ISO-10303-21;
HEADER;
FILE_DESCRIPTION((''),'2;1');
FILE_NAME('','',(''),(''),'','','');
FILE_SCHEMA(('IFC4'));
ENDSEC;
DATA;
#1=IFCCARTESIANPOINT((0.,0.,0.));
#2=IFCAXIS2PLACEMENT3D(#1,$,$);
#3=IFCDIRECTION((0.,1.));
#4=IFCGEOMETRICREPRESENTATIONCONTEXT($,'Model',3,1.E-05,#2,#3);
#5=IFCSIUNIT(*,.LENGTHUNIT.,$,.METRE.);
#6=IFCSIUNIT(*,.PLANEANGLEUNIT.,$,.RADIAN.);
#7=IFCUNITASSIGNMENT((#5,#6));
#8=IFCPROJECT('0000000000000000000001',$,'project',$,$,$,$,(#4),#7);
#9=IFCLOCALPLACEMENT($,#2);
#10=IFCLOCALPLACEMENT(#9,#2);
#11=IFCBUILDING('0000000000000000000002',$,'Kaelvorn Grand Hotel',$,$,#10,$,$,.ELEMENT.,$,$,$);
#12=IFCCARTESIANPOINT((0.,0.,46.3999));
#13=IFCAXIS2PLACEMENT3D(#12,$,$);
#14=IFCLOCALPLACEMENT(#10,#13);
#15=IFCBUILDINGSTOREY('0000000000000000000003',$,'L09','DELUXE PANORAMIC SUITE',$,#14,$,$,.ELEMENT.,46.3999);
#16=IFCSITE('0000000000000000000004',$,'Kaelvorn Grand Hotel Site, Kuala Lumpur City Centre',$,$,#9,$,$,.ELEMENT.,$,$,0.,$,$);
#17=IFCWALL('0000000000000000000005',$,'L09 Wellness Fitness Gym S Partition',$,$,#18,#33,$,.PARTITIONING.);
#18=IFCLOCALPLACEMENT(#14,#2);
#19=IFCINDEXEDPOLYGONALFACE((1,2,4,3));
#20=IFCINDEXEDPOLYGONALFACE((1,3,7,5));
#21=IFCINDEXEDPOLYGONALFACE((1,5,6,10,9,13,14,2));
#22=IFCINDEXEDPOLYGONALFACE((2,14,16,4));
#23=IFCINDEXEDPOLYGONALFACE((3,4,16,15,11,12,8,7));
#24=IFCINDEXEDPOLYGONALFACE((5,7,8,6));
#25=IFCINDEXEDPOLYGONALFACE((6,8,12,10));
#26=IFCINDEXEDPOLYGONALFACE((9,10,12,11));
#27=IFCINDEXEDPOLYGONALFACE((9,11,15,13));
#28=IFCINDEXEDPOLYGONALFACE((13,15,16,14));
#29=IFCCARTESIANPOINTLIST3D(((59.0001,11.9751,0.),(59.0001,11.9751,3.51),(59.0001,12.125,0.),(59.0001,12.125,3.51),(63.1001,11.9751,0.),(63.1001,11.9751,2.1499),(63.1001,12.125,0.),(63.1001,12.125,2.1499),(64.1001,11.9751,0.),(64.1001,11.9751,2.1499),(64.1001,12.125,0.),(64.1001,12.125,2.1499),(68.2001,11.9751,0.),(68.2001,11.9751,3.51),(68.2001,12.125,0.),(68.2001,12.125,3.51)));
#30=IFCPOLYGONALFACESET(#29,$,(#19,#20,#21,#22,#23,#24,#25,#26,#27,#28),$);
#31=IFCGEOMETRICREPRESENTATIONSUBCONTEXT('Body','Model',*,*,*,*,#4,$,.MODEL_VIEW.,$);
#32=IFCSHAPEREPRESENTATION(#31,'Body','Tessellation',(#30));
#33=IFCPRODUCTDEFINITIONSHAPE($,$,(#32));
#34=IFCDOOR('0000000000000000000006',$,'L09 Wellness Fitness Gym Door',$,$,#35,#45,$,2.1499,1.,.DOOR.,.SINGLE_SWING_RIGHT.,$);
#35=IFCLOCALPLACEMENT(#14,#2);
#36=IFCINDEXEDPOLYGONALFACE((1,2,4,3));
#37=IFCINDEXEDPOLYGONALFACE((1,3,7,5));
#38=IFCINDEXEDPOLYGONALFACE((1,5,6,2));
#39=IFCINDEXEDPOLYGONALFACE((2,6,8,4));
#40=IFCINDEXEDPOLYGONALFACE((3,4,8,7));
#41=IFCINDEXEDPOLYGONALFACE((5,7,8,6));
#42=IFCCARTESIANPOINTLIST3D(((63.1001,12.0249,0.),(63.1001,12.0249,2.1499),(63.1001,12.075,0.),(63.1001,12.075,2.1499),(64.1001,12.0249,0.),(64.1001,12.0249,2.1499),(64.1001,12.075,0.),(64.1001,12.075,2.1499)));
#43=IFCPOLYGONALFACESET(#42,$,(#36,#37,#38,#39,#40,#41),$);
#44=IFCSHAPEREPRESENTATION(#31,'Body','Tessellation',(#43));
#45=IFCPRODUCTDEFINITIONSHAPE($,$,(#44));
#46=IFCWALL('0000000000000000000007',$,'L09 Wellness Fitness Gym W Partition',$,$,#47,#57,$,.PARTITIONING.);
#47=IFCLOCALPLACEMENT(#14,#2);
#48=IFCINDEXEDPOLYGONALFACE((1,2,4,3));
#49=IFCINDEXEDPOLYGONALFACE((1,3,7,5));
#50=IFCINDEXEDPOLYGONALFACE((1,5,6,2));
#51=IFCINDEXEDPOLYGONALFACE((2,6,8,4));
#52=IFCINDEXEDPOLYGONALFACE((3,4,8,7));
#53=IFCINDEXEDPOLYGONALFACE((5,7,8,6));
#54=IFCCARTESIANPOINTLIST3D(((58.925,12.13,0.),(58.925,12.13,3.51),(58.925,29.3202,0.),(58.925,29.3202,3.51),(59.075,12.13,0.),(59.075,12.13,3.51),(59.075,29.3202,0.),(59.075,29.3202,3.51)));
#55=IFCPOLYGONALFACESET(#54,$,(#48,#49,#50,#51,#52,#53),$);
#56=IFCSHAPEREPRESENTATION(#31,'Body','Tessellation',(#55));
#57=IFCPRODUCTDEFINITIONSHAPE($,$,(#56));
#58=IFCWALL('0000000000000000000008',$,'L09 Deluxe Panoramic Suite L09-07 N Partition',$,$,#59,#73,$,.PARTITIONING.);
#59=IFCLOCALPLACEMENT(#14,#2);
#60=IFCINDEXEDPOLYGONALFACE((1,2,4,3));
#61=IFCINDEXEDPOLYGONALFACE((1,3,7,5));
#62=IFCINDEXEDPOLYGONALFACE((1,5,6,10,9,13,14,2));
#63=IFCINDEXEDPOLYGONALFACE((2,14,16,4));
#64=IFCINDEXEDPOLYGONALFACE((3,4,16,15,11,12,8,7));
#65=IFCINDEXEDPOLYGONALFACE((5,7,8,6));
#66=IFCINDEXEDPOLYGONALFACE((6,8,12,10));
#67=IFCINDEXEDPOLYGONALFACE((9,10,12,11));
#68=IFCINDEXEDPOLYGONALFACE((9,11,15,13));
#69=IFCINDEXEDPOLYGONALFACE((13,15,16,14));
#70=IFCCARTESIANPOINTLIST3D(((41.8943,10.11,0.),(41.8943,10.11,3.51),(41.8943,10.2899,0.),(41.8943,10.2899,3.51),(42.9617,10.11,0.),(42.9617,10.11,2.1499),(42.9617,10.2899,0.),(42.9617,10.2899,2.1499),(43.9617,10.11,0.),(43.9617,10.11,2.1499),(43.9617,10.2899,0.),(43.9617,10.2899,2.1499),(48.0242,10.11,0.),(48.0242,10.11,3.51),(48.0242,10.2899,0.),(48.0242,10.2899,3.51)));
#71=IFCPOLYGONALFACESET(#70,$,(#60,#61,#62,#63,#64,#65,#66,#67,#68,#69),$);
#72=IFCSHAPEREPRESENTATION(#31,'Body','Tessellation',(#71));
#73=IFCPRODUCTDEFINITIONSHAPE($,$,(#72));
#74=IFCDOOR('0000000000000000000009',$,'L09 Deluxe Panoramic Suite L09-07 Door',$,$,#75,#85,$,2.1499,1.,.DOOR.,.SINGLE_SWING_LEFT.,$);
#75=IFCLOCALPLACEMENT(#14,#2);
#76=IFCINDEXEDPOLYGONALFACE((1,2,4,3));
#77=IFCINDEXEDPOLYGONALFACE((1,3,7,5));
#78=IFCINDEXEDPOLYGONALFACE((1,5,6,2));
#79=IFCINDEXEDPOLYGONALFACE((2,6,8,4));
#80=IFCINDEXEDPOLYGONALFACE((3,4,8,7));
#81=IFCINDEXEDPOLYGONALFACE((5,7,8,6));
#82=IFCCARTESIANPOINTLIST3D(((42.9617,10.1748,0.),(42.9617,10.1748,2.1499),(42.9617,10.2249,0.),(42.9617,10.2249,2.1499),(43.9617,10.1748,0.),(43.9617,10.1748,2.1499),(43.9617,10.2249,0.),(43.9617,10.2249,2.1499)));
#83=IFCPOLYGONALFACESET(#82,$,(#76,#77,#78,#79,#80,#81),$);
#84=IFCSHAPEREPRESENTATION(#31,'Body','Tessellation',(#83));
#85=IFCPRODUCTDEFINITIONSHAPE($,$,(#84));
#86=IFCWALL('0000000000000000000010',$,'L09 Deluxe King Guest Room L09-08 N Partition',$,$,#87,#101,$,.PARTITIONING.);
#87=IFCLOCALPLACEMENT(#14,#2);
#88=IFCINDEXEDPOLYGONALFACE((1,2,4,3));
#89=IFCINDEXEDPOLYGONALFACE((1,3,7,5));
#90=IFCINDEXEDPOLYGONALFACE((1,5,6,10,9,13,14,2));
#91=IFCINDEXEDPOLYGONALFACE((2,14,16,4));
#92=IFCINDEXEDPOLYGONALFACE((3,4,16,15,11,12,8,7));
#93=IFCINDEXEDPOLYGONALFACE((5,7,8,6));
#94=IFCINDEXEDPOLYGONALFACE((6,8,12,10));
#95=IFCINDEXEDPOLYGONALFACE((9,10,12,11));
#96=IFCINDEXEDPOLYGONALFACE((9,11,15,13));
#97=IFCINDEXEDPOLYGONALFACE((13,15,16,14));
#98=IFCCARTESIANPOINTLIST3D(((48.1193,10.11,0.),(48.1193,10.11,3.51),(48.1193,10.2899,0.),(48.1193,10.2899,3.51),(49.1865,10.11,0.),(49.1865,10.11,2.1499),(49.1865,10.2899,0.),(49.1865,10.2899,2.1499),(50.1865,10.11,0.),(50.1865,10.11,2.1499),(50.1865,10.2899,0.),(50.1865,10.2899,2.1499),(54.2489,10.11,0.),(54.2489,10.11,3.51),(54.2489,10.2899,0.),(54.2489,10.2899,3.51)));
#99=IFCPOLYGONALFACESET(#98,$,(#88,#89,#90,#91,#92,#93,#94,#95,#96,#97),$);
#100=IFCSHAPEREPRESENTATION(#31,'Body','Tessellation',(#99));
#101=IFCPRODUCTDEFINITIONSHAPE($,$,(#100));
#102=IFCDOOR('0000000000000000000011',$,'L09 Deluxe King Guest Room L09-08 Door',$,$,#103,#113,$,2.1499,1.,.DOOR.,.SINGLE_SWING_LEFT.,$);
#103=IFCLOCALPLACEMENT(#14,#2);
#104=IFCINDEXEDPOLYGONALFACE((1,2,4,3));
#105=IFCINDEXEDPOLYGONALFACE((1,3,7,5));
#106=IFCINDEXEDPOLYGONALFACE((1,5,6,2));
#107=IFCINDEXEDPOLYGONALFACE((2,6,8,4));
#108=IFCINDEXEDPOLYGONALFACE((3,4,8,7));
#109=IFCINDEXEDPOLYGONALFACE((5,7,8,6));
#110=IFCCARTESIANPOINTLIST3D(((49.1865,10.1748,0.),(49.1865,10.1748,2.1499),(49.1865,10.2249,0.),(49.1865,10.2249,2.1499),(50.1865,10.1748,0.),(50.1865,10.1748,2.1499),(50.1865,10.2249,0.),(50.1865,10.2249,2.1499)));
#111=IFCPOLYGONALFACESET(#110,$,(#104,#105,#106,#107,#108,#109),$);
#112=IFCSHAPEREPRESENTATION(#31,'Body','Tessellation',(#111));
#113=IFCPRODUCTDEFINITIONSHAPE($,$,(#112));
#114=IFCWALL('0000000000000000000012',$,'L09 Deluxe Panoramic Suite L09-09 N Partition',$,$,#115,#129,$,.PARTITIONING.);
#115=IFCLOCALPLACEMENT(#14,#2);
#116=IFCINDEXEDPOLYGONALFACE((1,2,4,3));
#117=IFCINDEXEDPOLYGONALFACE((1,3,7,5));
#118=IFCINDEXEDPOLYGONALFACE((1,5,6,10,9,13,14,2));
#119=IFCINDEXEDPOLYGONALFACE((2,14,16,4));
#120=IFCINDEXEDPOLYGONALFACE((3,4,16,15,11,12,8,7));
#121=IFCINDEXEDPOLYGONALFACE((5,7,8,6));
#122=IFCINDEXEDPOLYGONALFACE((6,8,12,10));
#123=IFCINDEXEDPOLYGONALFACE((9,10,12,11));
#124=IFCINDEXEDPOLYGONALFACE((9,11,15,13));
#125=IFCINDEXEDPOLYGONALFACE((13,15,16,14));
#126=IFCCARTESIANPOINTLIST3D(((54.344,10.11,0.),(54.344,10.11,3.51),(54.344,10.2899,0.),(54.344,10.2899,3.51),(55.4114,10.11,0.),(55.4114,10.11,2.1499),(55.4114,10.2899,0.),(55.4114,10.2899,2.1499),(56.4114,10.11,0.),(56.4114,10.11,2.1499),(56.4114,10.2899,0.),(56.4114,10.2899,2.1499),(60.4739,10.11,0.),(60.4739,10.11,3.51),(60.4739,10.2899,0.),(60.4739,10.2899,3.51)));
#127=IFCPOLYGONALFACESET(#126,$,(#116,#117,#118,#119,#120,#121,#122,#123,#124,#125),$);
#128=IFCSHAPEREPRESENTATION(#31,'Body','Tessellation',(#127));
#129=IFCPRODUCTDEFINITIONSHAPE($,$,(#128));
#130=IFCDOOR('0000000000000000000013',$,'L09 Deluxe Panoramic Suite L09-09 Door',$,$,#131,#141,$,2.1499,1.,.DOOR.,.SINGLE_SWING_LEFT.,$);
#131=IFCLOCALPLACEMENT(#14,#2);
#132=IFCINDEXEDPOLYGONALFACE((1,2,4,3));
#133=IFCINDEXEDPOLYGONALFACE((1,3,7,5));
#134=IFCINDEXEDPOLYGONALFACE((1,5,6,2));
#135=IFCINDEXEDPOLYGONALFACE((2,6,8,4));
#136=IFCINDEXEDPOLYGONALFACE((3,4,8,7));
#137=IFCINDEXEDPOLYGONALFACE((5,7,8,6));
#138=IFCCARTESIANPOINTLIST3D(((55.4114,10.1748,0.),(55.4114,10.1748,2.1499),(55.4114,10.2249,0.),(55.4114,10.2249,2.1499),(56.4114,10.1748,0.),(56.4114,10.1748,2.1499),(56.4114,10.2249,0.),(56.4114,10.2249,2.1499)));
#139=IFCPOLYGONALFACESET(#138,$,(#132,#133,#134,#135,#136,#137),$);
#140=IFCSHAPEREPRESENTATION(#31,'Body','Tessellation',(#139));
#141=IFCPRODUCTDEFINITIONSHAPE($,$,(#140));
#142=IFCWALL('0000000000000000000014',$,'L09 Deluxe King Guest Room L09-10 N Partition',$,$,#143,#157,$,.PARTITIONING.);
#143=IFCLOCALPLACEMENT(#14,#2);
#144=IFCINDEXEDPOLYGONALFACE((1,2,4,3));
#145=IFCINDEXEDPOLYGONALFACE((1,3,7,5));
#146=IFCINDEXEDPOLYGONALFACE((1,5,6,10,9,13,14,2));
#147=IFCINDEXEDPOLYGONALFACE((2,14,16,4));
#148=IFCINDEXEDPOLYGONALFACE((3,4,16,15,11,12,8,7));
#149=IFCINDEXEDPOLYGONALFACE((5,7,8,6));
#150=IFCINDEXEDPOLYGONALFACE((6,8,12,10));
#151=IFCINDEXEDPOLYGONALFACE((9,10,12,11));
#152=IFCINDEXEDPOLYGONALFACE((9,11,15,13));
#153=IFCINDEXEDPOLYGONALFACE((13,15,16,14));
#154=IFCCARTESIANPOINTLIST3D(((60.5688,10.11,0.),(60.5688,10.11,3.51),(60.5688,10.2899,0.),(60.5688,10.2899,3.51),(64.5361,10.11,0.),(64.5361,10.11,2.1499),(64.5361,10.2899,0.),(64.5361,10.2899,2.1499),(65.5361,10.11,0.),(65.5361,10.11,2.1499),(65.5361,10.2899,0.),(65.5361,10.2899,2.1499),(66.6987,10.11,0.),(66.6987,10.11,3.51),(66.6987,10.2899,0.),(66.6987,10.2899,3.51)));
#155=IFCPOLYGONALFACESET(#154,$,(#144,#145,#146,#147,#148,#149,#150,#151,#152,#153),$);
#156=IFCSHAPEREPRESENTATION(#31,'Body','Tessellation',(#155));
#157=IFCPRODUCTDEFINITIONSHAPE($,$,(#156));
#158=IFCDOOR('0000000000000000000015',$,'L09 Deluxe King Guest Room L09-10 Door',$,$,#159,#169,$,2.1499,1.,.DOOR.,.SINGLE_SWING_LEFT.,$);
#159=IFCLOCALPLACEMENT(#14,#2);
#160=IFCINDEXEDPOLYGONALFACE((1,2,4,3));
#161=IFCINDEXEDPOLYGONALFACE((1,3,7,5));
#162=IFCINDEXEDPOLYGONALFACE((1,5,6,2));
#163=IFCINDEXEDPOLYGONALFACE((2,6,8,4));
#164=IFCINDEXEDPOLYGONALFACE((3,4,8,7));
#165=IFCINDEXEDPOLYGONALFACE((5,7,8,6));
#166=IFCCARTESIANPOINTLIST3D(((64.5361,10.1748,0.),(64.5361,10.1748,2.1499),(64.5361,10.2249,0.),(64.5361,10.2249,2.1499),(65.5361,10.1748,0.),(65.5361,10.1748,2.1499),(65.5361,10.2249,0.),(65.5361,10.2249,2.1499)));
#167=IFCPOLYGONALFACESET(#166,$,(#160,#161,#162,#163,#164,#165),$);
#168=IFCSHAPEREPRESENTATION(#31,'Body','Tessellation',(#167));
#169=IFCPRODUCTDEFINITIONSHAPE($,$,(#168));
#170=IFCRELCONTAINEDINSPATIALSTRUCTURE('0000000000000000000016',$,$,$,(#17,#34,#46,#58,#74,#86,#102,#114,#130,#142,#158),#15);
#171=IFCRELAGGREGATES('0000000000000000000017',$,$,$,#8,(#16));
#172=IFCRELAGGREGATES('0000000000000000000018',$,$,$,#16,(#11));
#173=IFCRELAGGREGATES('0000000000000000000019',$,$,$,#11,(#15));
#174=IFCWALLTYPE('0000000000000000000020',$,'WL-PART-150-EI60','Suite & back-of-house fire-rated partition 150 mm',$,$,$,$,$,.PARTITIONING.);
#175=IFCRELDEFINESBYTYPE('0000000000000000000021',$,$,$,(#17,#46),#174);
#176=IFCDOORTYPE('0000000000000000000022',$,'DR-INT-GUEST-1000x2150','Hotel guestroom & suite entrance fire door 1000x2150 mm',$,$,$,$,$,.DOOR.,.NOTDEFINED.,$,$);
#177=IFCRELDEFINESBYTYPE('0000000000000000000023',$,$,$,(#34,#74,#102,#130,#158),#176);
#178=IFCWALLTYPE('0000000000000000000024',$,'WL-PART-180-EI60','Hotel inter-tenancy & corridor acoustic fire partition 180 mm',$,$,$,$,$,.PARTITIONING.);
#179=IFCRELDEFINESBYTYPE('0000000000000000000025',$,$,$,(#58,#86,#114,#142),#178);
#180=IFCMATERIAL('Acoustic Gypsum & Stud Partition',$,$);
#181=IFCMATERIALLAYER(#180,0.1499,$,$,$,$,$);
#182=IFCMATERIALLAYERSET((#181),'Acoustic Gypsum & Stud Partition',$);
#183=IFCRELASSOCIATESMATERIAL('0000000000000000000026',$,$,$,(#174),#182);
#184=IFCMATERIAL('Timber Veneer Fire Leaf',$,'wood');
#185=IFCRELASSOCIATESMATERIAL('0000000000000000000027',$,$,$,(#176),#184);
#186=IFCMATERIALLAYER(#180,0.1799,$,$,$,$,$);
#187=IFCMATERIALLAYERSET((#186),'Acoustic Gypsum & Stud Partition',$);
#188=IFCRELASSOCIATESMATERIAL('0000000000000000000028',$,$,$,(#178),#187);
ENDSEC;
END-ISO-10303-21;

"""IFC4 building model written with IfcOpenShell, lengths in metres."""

from ifc_helpers import new_model, si_unit, direction, frame, frame_2d, origin, place, context, subcontext, project, spatial, rectangle, extrude, material, layer, layer_set, type_object, element, fill, save


model = new_model("IFC4")

# Units and contexts
model_context = context("Model", 3, precision=1e-05, world=origin(), true_north=direction((0.0, 1.0)))
body_context = subcontext(model_context, "Body", "Model", "MODEL_VIEW")
ifc_project = project(units=[si_unit("LENGTHUNIT", "METRE"), si_unit("PLANEANGLEUNIT", "RADIAN")], contexts=[model_context])

# Site, building, storey
site_placement = place(None, origin())
site = spatial("IfcSite", under=ifc_project, at=site_placement, Name="Kaelvorn Grand Hotel Site, Kuala Lumpur City Centre", CompositionType="ELEMENT", RefElevation=0.0)
building_placement = place(site_placement, origin())
building = spatial("IfcBuilding", under=site, at=building_placement, Name="Kaelvorn Grand Hotel", CompositionType="ELEMENT")
storey_placement = place(building_placement, frame((0.0, 0.0, 46.3999)))
storey = spatial("IfcBuildingStorey", under=building, at=storey_placement, Name="L09", Description="DELUXE PANORAMIC SUITE", CompositionType="ELEMENT", Elevation=46.3999)

# Shared definitions
ifc_material_1 = material(Name="Acoustic Gypsum & Stud Partition")
ifc_layer_1 = layer(ifc_material_1, 0.1499)
ifc_layer_set_1 = layer_set([ifc_layer_1], Name="Acoustic Gypsum & Stud Partition")
wall_type_1 = type_object("IfcWallType", Name="WL-PART-150-EI60", Description="Suite & back-of-house fire-rated partition 150 mm", PredefinedType="PARTITIONING", material=ifc_layer_set_1)

# Wall, opening, door
wall_1_placement = place(storey_placement, frame((59.0, 12.05, 0.0), z_axis=(0.0, 0.0, 1.0), x_axis=(1.0, 0.0, 0.0)))
wall_1 = element("IfcWall", 1, at=wall_1_placement, inside=storey, type_object=wall_type_1, Name="L09 Wellness Fitness Gym S Partition", PredefinedType="PARTITIONING", context=body_context, shape_type="SweptSolid", body=[
    extrude(rectangle(XDim=9.2, YDim=0.1499, at=frame_2d((4.6001, 0.0))), origin(), (0.0, 0.0, 1.0), 3.51),
])
opening_1_placement = place(wall_1_placement, frame((4.1001, 0.0, 0.0)))
opening_1 = element("IfcOpeningElement", 2, at=opening_1_placement, cuts=wall_1, PredefinedType="OPENING", context=body_context, shape_type="SweptSolid", body=[
    extrude(rectangle(XDim=1.0, YDim=2.1499, at=frame_2d((0.5, 1.075))), frame((0.0, 0.085, 0.0), z_axis=(0.0, -1.0, 0.0), x_axis=(1.0, 0.0, 0.0)), (0.0, 0.0, 1.0), 0.1699),
])
ifc_material_2 = material(Name="Timber Veneer Fire Leaf", Category="wood")
door_type_1 = type_object("IfcDoorType", Name="DR-INT-GUEST-1000x2150", Description="Hotel guestroom & suite entrance fire door 1000x2150 mm", OperationType="NOTDEFINED", PredefinedType="DOOR", material=ifc_material_2)
door_1_placement = place(opening_1_placement, origin())
door_1 = element("IfcDoor", 3, at=door_1_placement, inside=storey, type_object=door_type_1, Name="L09 Wellness Fitness Gym Door", OperationType="SINGLE_SWING_RIGHT", OverallHeight=2.1499, OverallWidth=1.0, PredefinedType="DOOR", context=body_context, shape_type="SweptSolid", body=[
    extrude(rectangle(XDim=1.0, YDim=2.1499, at=frame_2d((0.5, 1.075))), frame((0.0, 0.0249, 0.0), z_axis=(0.0, -1.0, 0.0), x_axis=(1.0, 0.0, 0.0)), (0.0, 0.0, 1.0), 0.05),
])
fill(opening_1, door_1)

# Wall
wall_2_placement = place(storey_placement, frame((59.0, 12.1299, 0.0), z_axis=(0.0, 0.0, 1.0), x_axis=(0.0, 1.0, 0.0)))
element("IfcWall", 4, at=wall_2_placement, inside=storey, type_object=wall_type_1, Name="L09 Wellness Fitness Gym W Partition", PredefinedType="PARTITIONING", context=body_context, shape_type="SweptSolid", body=[
    extrude(rectangle(XDim=17.1902, YDim=0.1499, at=frame_2d((8.5952, 0.0))), origin(), (0.0, 0.0, 1.0), 3.51),
])

# Walls, openings, doors
ifc_layer_2 = layer(ifc_material_1, 0.1799)
ifc_layer_set_2 = layer_set([ifc_layer_2], Name="Acoustic Gypsum & Stud Partition")
wall_type_2 = type_object("IfcWallType", Name="WL-PART-180-EI60", Description="Hotel inter-tenancy & corridor acoustic fire partition 180 mm", PredefinedType="PARTITIONING", material=ifc_layer_set_2)
wall_3_placement = place(storey_placement, frame((41.8943, 10.2, 0.0), z_axis=(0.0, 0.0, 1.0), x_axis=(1.0, 0.0, 0.0)))
wall_3 = element("IfcWall", 5, at=wall_3_placement, inside=storey, type_object=wall_type_2, Name="L09 Deluxe Panoramic Suite L09-07 N Partition", PredefinedType="PARTITIONING", context=body_context, shape_type="SweptSolid", body=[
    extrude(rectangle(XDim=6.1299, YDim=0.1799, at=frame_2d((3.0649, 0.0))), origin(), (0.0, 0.0, 1.0), 3.51),
])
opening_2_placement = place(wall_3_placement, frame((1.0674, 0.0, 0.0)))
opening_2 = element("IfcOpeningElement", 6, at=opening_2_placement, cuts=wall_3, PredefinedType="OPENING", context=body_context, shape_type="SweptSolid", body=[
    extrude(rectangle(XDim=1.0, YDim=2.1499, at=frame_2d((0.5, 1.075))), frame((0.0, 0.1001, 0.0), z_axis=(0.0, -1.0, 0.0), x_axis=(1.0, 0.0, 0.0)), (0.0, 0.0, 1.0), 0.2),
])
door_2_placement = place(opening_2_placement, origin())
door_2 = element("IfcDoor", 7, at=door_2_placement, inside=storey, type_object=door_type_1, Name="L09 Deluxe Panoramic Suite L09-07 Door", OperationType="SINGLE_SWING_LEFT", OverallHeight=2.1499, OverallWidth=1.0, PredefinedType="DOOR", context=body_context, shape_type="SweptSolid", body=[
    extrude(rectangle(XDim=1.0, YDim=2.1499, at=frame_2d((0.5, 1.075))), frame((0.0, 0.0249, 0.0), z_axis=(0.0, -1.0, 0.0), x_axis=(1.0, 0.0, 0.0)), (0.0, 0.0, 1.0), 0.05),
])
fill(opening_2, door_2)
wall_4_placement = place(storey_placement, frame((48.1191, 10.2, 0.0), z_axis=(0.0, 0.0, 1.0), x_axis=(1.0, 0.0, 0.0)))
wall_4 = element("IfcWall", 8, at=wall_4_placement, inside=storey, type_object=wall_type_2, Name="L09 Deluxe King Guest Room L09-08 N Partition", PredefinedType="PARTITIONING", context=body_context, shape_type="SweptSolid", body=[
    extrude(rectangle(XDim=6.1296, YDim=0.1799, at=frame_2d((3.0649, 0.0))), origin(), (0.0, 0.0, 1.0), 3.51),
])
opening_3_placement = place(wall_4_placement, frame((1.0674, 0.0, 0.0)))
opening_3 = element("IfcOpeningElement", 9, at=opening_3_placement, cuts=wall_4, PredefinedType="OPENING", context=body_context, shape_type="SweptSolid", body=[
    extrude(rectangle(XDim=1.0, YDim=2.1499, at=frame_2d((0.5, 1.075))), frame((0.0, 0.1001, 0.0), z_axis=(0.0, -1.0, 0.0), x_axis=(1.0, 0.0, 0.0)), (0.0, 0.0, 1.0), 0.2),
])
door_3_placement = place(opening_3_placement, origin())
door_3 = element("IfcDoor", 10, at=door_3_placement, inside=storey, type_object=door_type_1, Name="L09 Deluxe King Guest Room L09-08 Door", OperationType="SINGLE_SWING_LEFT", OverallHeight=2.1499, OverallWidth=1.0, PredefinedType="DOOR", context=body_context, shape_type="SweptSolid", body=[
    extrude(rectangle(XDim=1.0, YDim=2.1499, at=frame_2d((0.5, 1.075))), frame((0.0, 0.0249, 0.0), z_axis=(0.0, -1.0, 0.0), x_axis=(1.0, 0.0, 0.0)), (0.0, 0.0, 1.0), 0.05),
])
fill(opening_3, door_3)
wall_5_placement = place(storey_placement, frame((54.344, 10.2, 0.0), z_axis=(0.0, 0.0, 1.0), x_axis=(1.0, 0.0, 0.0)))
wall_5 = element("IfcWall", 11, at=wall_5_placement, inside=storey, type_object=wall_type_2, Name="L09 Deluxe Panoramic Suite L09-09 N Partition", PredefinedType="PARTITIONING", context=body_context, shape_type="SweptSolid", body=[
    extrude(rectangle(XDim=6.1299, YDim=0.1799, at=frame_2d((3.0649, 0.0))), origin(), (0.0, 0.0, 1.0), 3.51),
])
opening_4_placement = place(wall_5_placement, frame((1.0674, 0.0, 0.0)))
opening_4 = element("IfcOpeningElement", 12, at=opening_4_placement, cuts=wall_5, PredefinedType="OPENING", context=body_context, shape_type="SweptSolid", body=[
    extrude(rectangle(XDim=1.0, YDim=2.1499, at=frame_2d((0.5, 1.075))), frame((0.0, 0.1001, 0.0), z_axis=(0.0, -1.0, 0.0), x_axis=(1.0, 0.0, 0.0)), (0.0, 0.0, 1.0), 0.2),
])
door_4_placement = place(opening_4_placement, origin())
door_4 = element("IfcDoor", 13, at=door_4_placement, inside=storey, type_object=door_type_1, Name="L09 Deluxe Panoramic Suite L09-09 Door", OperationType="SINGLE_SWING_LEFT", OverallHeight=2.1499, OverallWidth=1.0, PredefinedType="DOOR", context=body_context, shape_type="SweptSolid", body=[
    extrude(rectangle(XDim=1.0, YDim=2.1499, at=frame_2d((0.5, 1.075))), frame((0.0, 0.0249, 0.0), z_axis=(0.0, -1.0, 0.0), x_axis=(1.0, 0.0, 0.0)), (0.0, 0.0, 1.0), 0.05),
])
fill(opening_4, door_4)
wall_6_placement = place(storey_placement, frame((60.5688, 10.2, 0.0), z_axis=(0.0, 0.0, 1.0), x_axis=(1.0, 0.0, 0.0)))
wall_6 = element("IfcWall", 14, at=wall_6_placement, inside=storey, type_object=wall_type_2, Name="L09 Deluxe King Guest Room L09-10 N Partition", PredefinedType="PARTITIONING", context=body_context, shape_type="SweptSolid", body=[
    extrude(rectangle(XDim=6.1299, YDim=0.1799, at=frame_2d((3.0649, 0.0))), origin(), (0.0, 0.0, 1.0), 3.51),
])
opening_5_placement = place(wall_6_placement, frame((3.9673, 0.0, 0.0)))
opening_5 = element("IfcOpeningElement", 15, at=opening_5_placement, cuts=wall_6, PredefinedType="OPENING", context=body_context, shape_type="SweptSolid", body=[
    extrude(rectangle(XDim=1.0, YDim=2.1499, at=frame_2d((0.5, 1.075))), frame((0.0, 0.1001, 0.0), z_axis=(0.0, -1.0, 0.0), x_axis=(1.0, 0.0, 0.0)), (0.0, 0.0, 1.0), 0.2),
])
door_5_placement = place(opening_5_placement, origin())
door_5 = element("IfcDoor", 16, at=door_5_placement, inside=storey, type_object=door_type_1, Name="L09 Deluxe King Guest Room L09-10 Door", OperationType="SINGLE_SWING_LEFT", OverallHeight=2.1499, OverallWidth=1.0, PredefinedType="DOOR", context=body_context, shape_type="SweptSolid", body=[
    extrude(rectangle(XDim=1.0, YDim=2.1499, at=frame_2d((0.5, 1.075))), frame((0.0, 0.0249, 0.0), z_axis=(0.0, -1.0, 0.0), x_axis=(1.0, 0.0, 0.0)), (0.0, 0.0, 1.0), 0.05),
])
fill(opening_5, door_5)

save(model, "model.ifc")
